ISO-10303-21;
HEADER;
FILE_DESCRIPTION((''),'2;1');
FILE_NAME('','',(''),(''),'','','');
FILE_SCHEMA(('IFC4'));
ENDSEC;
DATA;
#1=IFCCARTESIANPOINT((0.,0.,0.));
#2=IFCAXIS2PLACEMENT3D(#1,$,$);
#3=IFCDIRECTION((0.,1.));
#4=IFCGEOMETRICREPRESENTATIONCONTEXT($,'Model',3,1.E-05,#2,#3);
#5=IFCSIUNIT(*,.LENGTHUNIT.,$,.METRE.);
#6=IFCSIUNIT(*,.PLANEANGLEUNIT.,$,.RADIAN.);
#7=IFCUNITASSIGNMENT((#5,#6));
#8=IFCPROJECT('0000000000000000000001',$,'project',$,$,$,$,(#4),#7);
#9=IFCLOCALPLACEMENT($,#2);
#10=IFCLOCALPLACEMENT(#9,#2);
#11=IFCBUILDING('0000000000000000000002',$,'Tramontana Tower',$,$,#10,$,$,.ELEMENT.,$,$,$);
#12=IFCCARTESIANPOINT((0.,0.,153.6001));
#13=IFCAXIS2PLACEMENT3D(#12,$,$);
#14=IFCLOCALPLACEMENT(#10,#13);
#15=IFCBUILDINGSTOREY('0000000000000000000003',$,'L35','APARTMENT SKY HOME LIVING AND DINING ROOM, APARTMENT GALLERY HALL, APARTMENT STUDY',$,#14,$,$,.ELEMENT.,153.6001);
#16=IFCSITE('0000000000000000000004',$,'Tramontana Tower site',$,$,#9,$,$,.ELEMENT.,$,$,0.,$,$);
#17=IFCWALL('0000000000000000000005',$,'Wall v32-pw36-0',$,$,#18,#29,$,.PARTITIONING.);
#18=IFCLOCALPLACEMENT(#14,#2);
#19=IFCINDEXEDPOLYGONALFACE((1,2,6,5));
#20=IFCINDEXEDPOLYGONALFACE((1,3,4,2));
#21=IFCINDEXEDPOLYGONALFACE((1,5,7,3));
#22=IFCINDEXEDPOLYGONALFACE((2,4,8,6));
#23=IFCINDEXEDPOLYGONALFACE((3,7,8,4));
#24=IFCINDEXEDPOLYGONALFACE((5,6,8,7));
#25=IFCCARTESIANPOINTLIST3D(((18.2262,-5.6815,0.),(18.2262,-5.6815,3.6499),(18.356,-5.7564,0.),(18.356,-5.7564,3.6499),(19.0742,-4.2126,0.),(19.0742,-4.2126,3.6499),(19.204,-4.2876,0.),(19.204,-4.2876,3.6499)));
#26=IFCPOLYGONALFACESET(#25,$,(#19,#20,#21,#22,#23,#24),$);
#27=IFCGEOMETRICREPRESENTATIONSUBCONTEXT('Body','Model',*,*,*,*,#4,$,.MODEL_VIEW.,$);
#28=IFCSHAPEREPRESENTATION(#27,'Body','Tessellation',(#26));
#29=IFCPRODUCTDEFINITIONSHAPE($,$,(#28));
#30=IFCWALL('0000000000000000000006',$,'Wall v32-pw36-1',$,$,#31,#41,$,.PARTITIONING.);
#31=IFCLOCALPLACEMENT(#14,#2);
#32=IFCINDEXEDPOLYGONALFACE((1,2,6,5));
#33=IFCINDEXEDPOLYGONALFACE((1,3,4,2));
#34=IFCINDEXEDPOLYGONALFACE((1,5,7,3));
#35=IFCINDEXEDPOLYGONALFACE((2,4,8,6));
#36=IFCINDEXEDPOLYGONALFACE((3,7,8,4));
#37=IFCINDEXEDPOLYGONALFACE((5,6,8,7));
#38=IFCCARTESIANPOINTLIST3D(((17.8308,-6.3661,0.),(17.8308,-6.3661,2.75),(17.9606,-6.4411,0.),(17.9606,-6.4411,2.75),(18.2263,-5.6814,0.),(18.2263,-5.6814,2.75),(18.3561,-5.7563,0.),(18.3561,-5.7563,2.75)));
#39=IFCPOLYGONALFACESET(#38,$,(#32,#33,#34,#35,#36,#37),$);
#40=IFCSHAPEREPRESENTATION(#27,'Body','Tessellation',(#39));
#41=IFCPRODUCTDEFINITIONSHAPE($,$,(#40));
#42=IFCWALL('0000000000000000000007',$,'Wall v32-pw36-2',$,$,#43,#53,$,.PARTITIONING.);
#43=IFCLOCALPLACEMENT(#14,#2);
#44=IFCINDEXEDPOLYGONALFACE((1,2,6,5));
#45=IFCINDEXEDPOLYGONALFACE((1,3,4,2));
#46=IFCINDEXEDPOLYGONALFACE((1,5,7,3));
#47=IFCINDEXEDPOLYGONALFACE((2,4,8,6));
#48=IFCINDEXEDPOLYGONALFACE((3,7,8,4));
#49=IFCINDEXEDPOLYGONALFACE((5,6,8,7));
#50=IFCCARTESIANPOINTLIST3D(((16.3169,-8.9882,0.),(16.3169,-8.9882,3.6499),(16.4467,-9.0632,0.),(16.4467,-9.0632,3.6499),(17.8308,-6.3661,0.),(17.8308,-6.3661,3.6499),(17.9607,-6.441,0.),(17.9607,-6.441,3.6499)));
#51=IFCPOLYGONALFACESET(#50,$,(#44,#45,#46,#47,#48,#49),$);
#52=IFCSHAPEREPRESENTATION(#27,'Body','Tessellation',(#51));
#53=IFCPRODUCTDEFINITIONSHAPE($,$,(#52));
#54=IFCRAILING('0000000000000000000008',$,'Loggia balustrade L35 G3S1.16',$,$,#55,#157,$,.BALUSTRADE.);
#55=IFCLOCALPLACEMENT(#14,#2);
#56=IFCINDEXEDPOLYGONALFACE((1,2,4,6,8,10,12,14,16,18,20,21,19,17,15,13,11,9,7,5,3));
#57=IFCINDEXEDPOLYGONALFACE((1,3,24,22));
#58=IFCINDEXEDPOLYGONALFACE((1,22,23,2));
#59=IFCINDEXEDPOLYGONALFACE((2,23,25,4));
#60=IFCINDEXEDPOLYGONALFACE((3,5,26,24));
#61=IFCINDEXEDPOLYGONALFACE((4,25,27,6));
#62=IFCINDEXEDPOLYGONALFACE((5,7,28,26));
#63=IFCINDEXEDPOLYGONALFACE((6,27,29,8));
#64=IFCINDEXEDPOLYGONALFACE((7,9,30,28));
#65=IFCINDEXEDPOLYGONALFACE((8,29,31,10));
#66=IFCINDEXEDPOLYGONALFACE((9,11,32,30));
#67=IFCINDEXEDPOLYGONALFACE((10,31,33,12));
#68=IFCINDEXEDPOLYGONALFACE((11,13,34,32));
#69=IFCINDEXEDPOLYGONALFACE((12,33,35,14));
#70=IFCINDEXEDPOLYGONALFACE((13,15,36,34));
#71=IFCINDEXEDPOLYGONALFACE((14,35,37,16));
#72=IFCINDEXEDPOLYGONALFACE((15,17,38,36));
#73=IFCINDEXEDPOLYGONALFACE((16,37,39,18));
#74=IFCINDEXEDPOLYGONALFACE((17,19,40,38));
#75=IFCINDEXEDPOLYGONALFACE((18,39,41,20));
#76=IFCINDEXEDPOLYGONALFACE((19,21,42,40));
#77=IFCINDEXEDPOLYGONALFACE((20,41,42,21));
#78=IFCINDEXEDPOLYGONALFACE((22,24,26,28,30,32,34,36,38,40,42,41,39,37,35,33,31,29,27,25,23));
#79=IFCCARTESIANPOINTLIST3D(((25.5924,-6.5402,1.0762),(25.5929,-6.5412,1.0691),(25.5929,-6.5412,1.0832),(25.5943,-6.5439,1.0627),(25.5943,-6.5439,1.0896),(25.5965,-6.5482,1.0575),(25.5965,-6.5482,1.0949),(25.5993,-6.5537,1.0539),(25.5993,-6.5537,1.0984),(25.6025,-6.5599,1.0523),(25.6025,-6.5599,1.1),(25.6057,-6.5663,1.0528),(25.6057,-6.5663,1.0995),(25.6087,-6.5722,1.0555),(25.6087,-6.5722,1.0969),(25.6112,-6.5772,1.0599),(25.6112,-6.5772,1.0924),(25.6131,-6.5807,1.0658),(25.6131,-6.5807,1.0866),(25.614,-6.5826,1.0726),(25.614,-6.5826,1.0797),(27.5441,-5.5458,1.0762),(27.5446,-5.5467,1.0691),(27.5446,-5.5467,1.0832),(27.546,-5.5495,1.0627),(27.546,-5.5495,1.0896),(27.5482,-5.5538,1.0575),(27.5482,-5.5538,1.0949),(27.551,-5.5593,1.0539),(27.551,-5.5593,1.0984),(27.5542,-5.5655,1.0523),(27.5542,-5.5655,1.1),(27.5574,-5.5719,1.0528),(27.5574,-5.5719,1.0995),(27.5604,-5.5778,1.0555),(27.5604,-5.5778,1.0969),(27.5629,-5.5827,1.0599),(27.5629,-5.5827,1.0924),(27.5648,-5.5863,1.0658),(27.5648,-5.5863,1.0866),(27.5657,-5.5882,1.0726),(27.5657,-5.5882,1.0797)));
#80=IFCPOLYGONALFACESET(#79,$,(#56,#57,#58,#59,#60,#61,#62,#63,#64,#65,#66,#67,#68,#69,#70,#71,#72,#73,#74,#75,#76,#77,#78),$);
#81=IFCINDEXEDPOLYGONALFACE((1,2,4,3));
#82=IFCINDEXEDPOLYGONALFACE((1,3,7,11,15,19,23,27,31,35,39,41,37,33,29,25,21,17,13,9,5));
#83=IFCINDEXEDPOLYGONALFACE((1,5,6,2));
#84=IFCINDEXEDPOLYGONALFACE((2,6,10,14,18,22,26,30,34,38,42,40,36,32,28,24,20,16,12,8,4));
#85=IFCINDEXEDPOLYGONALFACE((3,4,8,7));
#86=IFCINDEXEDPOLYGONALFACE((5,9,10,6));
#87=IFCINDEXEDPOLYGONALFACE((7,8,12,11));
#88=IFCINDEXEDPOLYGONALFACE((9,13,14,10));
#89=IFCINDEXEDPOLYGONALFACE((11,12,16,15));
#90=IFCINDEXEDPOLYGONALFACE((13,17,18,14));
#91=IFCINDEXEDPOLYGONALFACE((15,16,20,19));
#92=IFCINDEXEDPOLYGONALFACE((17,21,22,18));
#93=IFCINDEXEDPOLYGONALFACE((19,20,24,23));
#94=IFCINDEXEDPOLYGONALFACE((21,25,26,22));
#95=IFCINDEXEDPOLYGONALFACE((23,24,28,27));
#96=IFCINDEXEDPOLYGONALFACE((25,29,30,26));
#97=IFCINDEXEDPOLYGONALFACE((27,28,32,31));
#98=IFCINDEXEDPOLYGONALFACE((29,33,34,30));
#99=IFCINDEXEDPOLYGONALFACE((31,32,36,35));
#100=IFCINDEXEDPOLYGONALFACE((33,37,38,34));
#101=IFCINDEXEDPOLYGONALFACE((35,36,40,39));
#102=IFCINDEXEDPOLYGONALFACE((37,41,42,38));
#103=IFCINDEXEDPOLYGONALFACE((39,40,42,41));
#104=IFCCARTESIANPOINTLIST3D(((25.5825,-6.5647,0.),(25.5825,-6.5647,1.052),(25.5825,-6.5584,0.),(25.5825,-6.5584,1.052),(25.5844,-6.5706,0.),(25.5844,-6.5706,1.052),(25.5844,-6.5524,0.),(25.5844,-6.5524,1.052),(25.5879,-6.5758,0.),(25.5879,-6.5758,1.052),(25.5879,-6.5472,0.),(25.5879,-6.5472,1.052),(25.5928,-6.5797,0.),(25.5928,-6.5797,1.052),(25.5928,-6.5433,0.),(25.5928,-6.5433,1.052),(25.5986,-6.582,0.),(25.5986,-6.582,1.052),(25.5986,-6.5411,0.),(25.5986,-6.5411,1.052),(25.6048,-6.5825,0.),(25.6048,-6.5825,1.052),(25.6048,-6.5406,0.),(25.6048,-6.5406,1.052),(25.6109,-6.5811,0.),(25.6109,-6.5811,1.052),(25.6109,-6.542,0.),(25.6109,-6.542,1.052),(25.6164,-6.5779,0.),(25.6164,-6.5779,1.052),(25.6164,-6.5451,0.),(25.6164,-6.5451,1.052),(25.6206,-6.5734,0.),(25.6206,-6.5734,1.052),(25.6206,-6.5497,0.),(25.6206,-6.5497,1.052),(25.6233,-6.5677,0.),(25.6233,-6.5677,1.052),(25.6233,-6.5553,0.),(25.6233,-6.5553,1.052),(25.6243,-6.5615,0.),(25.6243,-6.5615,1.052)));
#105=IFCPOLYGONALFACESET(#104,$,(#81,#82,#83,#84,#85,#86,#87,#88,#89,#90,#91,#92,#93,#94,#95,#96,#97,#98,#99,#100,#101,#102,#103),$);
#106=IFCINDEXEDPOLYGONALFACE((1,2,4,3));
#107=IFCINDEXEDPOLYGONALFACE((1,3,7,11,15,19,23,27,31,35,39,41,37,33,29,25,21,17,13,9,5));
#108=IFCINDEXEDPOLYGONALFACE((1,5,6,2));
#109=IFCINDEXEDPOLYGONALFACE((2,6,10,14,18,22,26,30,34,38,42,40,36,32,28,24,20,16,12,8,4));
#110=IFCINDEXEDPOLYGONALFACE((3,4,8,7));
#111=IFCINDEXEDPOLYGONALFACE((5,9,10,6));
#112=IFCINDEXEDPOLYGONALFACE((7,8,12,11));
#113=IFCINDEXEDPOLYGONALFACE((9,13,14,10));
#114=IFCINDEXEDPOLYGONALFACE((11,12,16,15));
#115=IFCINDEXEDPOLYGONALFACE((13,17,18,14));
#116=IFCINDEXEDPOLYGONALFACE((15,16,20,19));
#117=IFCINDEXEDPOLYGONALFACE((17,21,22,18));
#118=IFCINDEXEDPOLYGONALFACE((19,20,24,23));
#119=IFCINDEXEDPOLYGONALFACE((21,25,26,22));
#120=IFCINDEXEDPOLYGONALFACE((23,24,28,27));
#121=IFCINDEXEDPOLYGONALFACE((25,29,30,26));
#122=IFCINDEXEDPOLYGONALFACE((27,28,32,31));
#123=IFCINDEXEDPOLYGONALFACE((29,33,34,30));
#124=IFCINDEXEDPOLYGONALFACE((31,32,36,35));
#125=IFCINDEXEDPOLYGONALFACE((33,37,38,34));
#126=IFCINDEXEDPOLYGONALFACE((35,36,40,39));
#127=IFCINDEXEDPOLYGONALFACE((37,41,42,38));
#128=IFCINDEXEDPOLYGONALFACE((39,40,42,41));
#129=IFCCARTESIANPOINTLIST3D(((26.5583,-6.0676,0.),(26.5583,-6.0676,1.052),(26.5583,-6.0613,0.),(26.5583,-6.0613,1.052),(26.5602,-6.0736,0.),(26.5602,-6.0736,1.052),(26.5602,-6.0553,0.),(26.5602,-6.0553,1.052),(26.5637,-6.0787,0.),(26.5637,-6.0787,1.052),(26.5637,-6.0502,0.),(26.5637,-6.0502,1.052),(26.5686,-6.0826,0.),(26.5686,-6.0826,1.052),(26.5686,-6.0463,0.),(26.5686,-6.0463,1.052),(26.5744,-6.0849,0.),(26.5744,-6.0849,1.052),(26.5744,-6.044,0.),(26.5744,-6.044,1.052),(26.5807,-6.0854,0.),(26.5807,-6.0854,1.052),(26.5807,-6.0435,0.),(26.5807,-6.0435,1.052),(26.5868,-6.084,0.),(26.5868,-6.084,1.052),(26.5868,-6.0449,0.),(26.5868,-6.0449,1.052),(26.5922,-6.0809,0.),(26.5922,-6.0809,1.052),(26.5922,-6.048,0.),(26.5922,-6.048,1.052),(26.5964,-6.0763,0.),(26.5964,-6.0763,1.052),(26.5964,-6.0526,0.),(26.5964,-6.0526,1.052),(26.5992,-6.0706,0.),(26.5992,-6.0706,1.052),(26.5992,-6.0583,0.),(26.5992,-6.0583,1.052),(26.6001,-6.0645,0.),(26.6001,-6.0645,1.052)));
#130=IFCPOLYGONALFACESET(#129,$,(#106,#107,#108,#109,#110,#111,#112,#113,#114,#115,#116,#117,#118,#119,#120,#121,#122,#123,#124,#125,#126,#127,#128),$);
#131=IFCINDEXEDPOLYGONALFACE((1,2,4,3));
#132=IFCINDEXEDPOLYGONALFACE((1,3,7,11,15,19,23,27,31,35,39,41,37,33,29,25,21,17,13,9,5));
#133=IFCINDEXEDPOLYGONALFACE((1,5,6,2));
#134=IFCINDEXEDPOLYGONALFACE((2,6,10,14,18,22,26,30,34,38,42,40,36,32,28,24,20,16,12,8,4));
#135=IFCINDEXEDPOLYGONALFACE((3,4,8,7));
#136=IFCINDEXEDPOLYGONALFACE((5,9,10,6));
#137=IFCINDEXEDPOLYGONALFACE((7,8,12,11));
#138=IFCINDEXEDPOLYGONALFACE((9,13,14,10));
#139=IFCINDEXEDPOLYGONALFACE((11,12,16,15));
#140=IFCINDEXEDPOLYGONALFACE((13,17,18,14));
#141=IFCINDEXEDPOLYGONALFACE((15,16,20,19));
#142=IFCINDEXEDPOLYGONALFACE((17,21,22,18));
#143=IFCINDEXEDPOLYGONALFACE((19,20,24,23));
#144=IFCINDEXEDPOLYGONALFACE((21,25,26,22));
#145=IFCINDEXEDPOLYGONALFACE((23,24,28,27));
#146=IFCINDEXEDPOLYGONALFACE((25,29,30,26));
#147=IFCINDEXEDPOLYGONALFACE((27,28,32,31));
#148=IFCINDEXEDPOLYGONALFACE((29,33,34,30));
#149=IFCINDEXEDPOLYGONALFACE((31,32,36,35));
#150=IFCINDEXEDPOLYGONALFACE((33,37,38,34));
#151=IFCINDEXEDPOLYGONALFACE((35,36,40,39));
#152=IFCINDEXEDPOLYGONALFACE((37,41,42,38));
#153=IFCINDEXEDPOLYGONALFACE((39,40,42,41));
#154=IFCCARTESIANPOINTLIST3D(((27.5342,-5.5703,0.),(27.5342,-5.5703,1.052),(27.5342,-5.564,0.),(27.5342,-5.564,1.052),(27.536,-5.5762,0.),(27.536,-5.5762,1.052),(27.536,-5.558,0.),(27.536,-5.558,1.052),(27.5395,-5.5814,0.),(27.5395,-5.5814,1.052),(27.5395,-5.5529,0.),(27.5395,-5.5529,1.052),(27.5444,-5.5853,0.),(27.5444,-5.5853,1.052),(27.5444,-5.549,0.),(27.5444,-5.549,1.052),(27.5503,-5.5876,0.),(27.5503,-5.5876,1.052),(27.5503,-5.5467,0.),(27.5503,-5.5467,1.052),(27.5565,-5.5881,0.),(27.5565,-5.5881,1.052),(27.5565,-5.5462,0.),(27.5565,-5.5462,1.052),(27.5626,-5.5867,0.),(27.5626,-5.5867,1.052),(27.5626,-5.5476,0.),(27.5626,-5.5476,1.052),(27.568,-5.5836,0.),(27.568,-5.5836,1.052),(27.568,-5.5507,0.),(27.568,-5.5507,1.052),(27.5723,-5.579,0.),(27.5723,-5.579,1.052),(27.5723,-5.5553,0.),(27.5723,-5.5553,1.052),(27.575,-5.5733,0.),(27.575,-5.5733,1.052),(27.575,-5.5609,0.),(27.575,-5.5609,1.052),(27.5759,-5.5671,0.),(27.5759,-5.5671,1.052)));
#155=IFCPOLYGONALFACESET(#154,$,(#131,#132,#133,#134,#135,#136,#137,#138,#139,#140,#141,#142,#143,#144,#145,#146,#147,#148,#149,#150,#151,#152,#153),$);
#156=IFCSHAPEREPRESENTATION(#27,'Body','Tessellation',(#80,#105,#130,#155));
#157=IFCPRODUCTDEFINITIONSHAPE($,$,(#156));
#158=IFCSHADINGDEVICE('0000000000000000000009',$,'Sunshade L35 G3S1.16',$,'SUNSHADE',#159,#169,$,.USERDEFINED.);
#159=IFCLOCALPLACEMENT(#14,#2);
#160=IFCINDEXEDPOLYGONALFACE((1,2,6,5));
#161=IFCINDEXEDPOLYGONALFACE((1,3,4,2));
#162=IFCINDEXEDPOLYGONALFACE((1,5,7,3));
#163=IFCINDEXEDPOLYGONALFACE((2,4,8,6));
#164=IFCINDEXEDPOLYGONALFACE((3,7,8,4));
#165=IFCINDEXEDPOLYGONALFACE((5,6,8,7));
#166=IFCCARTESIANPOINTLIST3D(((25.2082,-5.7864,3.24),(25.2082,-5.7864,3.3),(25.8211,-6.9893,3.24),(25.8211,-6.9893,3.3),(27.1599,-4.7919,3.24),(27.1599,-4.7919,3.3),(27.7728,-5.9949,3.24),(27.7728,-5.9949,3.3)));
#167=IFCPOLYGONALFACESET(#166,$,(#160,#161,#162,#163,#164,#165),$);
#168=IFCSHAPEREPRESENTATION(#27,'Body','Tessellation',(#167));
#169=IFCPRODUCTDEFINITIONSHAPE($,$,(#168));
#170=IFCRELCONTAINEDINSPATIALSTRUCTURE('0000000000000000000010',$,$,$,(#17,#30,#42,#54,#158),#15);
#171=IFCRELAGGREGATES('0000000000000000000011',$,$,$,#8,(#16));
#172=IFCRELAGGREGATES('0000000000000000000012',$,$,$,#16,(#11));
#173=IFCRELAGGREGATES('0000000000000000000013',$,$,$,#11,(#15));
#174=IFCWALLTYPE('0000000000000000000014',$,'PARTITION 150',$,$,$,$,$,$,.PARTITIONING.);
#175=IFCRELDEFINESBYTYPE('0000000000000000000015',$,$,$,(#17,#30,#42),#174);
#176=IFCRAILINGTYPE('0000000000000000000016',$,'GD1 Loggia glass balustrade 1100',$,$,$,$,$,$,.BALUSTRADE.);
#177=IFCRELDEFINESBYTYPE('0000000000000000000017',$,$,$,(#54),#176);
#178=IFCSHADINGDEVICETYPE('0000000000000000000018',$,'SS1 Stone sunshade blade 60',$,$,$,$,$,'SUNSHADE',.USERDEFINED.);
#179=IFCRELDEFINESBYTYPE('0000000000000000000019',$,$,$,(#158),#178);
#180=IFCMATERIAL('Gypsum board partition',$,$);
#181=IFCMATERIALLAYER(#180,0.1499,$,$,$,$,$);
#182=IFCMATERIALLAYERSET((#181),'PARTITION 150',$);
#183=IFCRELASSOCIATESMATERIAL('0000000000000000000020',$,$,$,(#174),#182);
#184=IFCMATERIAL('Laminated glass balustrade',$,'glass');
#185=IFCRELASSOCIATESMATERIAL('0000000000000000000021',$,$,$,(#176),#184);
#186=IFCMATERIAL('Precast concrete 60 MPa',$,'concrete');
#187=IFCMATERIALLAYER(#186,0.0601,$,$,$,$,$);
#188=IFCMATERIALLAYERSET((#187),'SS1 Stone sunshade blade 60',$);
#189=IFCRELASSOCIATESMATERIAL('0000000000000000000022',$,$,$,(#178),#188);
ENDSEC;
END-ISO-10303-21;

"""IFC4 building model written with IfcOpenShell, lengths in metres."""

from ifc_helpers import new_model, si_unit, direction, frame, frame_2d, origin, origin_2d, place, context, subcontext, project, spatial, rectangle, circle, extrude, material, layer, layer_set, type_object, element, save


model = new_model("IFC4")

# Units and contexts
model_context = context("Model", 3, precision=1e-05, world=origin(), true_north=direction((0.0, 1.0)))
body_context = subcontext(model_context, "Body", "Model", "MODEL_VIEW")
ifc_project = project(units=[si_unit("LENGTHUNIT", "METRE"), si_unit("PLANEANGLEUNIT", "RADIAN")], contexts=[model_context])

# Site, building, storey
site_placement = place(None, origin())
site = spatial("IfcSite", under=ifc_project, at=site_placement, Name="Tramontana Tower site", CompositionType="ELEMENT", RefElevation=0.0)
building_placement = place(site_placement, origin())
building = spatial("IfcBuilding", under=site, at=building_placement, Name="Tramontana Tower", CompositionType="ELEMENT")
storey_placement = place(building_placement, frame((0.0, 0.0, 153.6001)))
storey = spatial("IfcBuildingStorey", under=building, at=storey_placement, Name="L35", Description="APARTMENT SKY HOME LIVING AND DINING ROOM, APARTMENT GALLERY HALL, APARTMENT STUDY", CompositionType="ELEMENT", Elevation=153.6001)

# Walls
ifc_material_1 = material(Name="Gypsum board partition")
ifc_layer_1 = layer(ifc_material_1, 0.1499)
ifc_layer_set_1 = layer_set([ifc_layer_1], Name="PARTITION 150")
wall_type_1 = type_object("IfcWallType", Name="PARTITION 150", PredefinedType="PARTITIONING", material=ifc_layer_set_1)
wall_1_placement = place(storey_placement, frame((19.1392, -4.25, 0.0), z_axis=(0.0, 0.0, 1.0), x_axis=(-0.499963, -0.866047, 0.0)))
element("IfcWall", 1, at=wall_1_placement, inside=storey, type_object=wall_type_1, Name="Wall v32-pw36-0", PredefinedType="PARTITIONING", context=body_context, shape_type="SweptSolid", body=[
    extrude(rectangle(XDim=1.696, YDim=0.1499, at=frame_2d((0.8481, 0.0))), origin(), (0.0, 0.0, 1.0), 3.6499),
])
wall_2_placement = place(storey_placement, frame((18.2913, -5.7188, 0.0), z_axis=(0.0, 0.0, 1.0), x_axis=(-0.500123, -0.865954, 0.0)))
element("IfcWall", 2, at=wall_2_placement, inside=storey, type_object=wall_type_1, Name="Wall v32-pw36-1", PredefinedType="PARTITIONING", context=body_context, shape_type="SweptSolid", body=[
    extrude(rectangle(XDim=0.7908, YDim=0.1499, at=frame_2d((0.3955, 0.0))), origin(), (0.0, 0.0, 1.0), 2.75),
])
wall_3_placement = place(storey_placement, frame((17.8958, -6.4036, 0.0), z_axis=(0.0, 0.0, 1.0), x_axis=(-0.500016, -0.866016, 0.0)))
element("IfcWall", 3, at=wall_3_placement, inside=storey, type_object=wall_type_1, Name="Wall v32-pw36-2", PredefinedType="PARTITIONING", context=body_context, shape_type="SweptSolid", body=[
    extrude(rectangle(XDim=3.0278, YDim=0.1499, at=frame_2d((1.5139, 0.0))), origin(), (0.0, 0.0, 1.0), 3.6499),
])

# Railing
ifc_material_2 = material(Name="Laminated glass balustrade", Category="glass")
railing_type = type_object("IfcRailingType", Name="GD1 Loggia glass balustrade 1100", PredefinedType="BALUSTRADE", material=ifc_material_2)
railing_placement = place(storey_placement, frame((25.6033, -6.5615, 0.0)))
element("IfcRailing", 4, at=railing_placement, inside=storey, type_object=railing_type, Name="Loggia balustrade L35 G3S1.16", PredefinedType="BALUSTRADE", context=body_context, shape_type="SweptSolid", body=[
    extrude(circle(Radius=0.0239, at=origin_2d()), frame((0.0, 0.0, 1.0762), z_axis=(0.891013, 0.453978, 0.0), x_axis=(-0.453978, 0.891013, 0.0)), (0.0, 0.0, 1.0), 2.1904),
    extrude(circle(Radius=0.021, at=origin_2d()), origin(), (0.0, 0.0, 1.0), 1.052),
    extrude(circle(Radius=0.021, at=origin_2d()), frame((0.9758, 0.4971, 0.0)), (0.0, 0.0, 1.0), 1.052),
    extrude(circle(Radius=0.021, at=origin_2d()), frame((1.9517, 0.9944, 0.0)), (0.0, 0.0, 1.0), 1.052),
])

# Shading device
ifc_material_3 = material(Name="Precast concrete 60 MPa", Category="concrete")
ifc_layer_2 = layer(ifc_material_3, 0.0601)
ifc_layer_set_2 = layer_set([ifc_layer_2], Name="SS1 Stone sunshade blade 60")
shading_device_type = type_object("IfcShadingDeviceType", Name="SS1 Stone sunshade blade 60", ElementType="SUNSHADE", PredefinedType="USERDEFINED", material=ifc_layer_set_2)
shading_device_placement = place(storey_placement, frame((26.4905, -5.8906, 3.24), z_axis=(0.0, 0.0, 1.0), x_axis=(0.891007, 0.45399, 0.0)))
element("IfcShadingDevice", 5, at=shading_device_placement, inside=storey, type_object=shading_device_type, Name="Sunshade L35 G3S1.16", ObjectType="SUNSHADE", PredefinedType="USERDEFINED", context=body_context, shape_type="SweptSolid", body=[
    extrude(rectangle(XDim=2.1904, YDim=1.3501, at=origin_2d()), origin(), (0.0, 0.0, 1.0), 0.0601),
])

save(model, "model.ifc")
